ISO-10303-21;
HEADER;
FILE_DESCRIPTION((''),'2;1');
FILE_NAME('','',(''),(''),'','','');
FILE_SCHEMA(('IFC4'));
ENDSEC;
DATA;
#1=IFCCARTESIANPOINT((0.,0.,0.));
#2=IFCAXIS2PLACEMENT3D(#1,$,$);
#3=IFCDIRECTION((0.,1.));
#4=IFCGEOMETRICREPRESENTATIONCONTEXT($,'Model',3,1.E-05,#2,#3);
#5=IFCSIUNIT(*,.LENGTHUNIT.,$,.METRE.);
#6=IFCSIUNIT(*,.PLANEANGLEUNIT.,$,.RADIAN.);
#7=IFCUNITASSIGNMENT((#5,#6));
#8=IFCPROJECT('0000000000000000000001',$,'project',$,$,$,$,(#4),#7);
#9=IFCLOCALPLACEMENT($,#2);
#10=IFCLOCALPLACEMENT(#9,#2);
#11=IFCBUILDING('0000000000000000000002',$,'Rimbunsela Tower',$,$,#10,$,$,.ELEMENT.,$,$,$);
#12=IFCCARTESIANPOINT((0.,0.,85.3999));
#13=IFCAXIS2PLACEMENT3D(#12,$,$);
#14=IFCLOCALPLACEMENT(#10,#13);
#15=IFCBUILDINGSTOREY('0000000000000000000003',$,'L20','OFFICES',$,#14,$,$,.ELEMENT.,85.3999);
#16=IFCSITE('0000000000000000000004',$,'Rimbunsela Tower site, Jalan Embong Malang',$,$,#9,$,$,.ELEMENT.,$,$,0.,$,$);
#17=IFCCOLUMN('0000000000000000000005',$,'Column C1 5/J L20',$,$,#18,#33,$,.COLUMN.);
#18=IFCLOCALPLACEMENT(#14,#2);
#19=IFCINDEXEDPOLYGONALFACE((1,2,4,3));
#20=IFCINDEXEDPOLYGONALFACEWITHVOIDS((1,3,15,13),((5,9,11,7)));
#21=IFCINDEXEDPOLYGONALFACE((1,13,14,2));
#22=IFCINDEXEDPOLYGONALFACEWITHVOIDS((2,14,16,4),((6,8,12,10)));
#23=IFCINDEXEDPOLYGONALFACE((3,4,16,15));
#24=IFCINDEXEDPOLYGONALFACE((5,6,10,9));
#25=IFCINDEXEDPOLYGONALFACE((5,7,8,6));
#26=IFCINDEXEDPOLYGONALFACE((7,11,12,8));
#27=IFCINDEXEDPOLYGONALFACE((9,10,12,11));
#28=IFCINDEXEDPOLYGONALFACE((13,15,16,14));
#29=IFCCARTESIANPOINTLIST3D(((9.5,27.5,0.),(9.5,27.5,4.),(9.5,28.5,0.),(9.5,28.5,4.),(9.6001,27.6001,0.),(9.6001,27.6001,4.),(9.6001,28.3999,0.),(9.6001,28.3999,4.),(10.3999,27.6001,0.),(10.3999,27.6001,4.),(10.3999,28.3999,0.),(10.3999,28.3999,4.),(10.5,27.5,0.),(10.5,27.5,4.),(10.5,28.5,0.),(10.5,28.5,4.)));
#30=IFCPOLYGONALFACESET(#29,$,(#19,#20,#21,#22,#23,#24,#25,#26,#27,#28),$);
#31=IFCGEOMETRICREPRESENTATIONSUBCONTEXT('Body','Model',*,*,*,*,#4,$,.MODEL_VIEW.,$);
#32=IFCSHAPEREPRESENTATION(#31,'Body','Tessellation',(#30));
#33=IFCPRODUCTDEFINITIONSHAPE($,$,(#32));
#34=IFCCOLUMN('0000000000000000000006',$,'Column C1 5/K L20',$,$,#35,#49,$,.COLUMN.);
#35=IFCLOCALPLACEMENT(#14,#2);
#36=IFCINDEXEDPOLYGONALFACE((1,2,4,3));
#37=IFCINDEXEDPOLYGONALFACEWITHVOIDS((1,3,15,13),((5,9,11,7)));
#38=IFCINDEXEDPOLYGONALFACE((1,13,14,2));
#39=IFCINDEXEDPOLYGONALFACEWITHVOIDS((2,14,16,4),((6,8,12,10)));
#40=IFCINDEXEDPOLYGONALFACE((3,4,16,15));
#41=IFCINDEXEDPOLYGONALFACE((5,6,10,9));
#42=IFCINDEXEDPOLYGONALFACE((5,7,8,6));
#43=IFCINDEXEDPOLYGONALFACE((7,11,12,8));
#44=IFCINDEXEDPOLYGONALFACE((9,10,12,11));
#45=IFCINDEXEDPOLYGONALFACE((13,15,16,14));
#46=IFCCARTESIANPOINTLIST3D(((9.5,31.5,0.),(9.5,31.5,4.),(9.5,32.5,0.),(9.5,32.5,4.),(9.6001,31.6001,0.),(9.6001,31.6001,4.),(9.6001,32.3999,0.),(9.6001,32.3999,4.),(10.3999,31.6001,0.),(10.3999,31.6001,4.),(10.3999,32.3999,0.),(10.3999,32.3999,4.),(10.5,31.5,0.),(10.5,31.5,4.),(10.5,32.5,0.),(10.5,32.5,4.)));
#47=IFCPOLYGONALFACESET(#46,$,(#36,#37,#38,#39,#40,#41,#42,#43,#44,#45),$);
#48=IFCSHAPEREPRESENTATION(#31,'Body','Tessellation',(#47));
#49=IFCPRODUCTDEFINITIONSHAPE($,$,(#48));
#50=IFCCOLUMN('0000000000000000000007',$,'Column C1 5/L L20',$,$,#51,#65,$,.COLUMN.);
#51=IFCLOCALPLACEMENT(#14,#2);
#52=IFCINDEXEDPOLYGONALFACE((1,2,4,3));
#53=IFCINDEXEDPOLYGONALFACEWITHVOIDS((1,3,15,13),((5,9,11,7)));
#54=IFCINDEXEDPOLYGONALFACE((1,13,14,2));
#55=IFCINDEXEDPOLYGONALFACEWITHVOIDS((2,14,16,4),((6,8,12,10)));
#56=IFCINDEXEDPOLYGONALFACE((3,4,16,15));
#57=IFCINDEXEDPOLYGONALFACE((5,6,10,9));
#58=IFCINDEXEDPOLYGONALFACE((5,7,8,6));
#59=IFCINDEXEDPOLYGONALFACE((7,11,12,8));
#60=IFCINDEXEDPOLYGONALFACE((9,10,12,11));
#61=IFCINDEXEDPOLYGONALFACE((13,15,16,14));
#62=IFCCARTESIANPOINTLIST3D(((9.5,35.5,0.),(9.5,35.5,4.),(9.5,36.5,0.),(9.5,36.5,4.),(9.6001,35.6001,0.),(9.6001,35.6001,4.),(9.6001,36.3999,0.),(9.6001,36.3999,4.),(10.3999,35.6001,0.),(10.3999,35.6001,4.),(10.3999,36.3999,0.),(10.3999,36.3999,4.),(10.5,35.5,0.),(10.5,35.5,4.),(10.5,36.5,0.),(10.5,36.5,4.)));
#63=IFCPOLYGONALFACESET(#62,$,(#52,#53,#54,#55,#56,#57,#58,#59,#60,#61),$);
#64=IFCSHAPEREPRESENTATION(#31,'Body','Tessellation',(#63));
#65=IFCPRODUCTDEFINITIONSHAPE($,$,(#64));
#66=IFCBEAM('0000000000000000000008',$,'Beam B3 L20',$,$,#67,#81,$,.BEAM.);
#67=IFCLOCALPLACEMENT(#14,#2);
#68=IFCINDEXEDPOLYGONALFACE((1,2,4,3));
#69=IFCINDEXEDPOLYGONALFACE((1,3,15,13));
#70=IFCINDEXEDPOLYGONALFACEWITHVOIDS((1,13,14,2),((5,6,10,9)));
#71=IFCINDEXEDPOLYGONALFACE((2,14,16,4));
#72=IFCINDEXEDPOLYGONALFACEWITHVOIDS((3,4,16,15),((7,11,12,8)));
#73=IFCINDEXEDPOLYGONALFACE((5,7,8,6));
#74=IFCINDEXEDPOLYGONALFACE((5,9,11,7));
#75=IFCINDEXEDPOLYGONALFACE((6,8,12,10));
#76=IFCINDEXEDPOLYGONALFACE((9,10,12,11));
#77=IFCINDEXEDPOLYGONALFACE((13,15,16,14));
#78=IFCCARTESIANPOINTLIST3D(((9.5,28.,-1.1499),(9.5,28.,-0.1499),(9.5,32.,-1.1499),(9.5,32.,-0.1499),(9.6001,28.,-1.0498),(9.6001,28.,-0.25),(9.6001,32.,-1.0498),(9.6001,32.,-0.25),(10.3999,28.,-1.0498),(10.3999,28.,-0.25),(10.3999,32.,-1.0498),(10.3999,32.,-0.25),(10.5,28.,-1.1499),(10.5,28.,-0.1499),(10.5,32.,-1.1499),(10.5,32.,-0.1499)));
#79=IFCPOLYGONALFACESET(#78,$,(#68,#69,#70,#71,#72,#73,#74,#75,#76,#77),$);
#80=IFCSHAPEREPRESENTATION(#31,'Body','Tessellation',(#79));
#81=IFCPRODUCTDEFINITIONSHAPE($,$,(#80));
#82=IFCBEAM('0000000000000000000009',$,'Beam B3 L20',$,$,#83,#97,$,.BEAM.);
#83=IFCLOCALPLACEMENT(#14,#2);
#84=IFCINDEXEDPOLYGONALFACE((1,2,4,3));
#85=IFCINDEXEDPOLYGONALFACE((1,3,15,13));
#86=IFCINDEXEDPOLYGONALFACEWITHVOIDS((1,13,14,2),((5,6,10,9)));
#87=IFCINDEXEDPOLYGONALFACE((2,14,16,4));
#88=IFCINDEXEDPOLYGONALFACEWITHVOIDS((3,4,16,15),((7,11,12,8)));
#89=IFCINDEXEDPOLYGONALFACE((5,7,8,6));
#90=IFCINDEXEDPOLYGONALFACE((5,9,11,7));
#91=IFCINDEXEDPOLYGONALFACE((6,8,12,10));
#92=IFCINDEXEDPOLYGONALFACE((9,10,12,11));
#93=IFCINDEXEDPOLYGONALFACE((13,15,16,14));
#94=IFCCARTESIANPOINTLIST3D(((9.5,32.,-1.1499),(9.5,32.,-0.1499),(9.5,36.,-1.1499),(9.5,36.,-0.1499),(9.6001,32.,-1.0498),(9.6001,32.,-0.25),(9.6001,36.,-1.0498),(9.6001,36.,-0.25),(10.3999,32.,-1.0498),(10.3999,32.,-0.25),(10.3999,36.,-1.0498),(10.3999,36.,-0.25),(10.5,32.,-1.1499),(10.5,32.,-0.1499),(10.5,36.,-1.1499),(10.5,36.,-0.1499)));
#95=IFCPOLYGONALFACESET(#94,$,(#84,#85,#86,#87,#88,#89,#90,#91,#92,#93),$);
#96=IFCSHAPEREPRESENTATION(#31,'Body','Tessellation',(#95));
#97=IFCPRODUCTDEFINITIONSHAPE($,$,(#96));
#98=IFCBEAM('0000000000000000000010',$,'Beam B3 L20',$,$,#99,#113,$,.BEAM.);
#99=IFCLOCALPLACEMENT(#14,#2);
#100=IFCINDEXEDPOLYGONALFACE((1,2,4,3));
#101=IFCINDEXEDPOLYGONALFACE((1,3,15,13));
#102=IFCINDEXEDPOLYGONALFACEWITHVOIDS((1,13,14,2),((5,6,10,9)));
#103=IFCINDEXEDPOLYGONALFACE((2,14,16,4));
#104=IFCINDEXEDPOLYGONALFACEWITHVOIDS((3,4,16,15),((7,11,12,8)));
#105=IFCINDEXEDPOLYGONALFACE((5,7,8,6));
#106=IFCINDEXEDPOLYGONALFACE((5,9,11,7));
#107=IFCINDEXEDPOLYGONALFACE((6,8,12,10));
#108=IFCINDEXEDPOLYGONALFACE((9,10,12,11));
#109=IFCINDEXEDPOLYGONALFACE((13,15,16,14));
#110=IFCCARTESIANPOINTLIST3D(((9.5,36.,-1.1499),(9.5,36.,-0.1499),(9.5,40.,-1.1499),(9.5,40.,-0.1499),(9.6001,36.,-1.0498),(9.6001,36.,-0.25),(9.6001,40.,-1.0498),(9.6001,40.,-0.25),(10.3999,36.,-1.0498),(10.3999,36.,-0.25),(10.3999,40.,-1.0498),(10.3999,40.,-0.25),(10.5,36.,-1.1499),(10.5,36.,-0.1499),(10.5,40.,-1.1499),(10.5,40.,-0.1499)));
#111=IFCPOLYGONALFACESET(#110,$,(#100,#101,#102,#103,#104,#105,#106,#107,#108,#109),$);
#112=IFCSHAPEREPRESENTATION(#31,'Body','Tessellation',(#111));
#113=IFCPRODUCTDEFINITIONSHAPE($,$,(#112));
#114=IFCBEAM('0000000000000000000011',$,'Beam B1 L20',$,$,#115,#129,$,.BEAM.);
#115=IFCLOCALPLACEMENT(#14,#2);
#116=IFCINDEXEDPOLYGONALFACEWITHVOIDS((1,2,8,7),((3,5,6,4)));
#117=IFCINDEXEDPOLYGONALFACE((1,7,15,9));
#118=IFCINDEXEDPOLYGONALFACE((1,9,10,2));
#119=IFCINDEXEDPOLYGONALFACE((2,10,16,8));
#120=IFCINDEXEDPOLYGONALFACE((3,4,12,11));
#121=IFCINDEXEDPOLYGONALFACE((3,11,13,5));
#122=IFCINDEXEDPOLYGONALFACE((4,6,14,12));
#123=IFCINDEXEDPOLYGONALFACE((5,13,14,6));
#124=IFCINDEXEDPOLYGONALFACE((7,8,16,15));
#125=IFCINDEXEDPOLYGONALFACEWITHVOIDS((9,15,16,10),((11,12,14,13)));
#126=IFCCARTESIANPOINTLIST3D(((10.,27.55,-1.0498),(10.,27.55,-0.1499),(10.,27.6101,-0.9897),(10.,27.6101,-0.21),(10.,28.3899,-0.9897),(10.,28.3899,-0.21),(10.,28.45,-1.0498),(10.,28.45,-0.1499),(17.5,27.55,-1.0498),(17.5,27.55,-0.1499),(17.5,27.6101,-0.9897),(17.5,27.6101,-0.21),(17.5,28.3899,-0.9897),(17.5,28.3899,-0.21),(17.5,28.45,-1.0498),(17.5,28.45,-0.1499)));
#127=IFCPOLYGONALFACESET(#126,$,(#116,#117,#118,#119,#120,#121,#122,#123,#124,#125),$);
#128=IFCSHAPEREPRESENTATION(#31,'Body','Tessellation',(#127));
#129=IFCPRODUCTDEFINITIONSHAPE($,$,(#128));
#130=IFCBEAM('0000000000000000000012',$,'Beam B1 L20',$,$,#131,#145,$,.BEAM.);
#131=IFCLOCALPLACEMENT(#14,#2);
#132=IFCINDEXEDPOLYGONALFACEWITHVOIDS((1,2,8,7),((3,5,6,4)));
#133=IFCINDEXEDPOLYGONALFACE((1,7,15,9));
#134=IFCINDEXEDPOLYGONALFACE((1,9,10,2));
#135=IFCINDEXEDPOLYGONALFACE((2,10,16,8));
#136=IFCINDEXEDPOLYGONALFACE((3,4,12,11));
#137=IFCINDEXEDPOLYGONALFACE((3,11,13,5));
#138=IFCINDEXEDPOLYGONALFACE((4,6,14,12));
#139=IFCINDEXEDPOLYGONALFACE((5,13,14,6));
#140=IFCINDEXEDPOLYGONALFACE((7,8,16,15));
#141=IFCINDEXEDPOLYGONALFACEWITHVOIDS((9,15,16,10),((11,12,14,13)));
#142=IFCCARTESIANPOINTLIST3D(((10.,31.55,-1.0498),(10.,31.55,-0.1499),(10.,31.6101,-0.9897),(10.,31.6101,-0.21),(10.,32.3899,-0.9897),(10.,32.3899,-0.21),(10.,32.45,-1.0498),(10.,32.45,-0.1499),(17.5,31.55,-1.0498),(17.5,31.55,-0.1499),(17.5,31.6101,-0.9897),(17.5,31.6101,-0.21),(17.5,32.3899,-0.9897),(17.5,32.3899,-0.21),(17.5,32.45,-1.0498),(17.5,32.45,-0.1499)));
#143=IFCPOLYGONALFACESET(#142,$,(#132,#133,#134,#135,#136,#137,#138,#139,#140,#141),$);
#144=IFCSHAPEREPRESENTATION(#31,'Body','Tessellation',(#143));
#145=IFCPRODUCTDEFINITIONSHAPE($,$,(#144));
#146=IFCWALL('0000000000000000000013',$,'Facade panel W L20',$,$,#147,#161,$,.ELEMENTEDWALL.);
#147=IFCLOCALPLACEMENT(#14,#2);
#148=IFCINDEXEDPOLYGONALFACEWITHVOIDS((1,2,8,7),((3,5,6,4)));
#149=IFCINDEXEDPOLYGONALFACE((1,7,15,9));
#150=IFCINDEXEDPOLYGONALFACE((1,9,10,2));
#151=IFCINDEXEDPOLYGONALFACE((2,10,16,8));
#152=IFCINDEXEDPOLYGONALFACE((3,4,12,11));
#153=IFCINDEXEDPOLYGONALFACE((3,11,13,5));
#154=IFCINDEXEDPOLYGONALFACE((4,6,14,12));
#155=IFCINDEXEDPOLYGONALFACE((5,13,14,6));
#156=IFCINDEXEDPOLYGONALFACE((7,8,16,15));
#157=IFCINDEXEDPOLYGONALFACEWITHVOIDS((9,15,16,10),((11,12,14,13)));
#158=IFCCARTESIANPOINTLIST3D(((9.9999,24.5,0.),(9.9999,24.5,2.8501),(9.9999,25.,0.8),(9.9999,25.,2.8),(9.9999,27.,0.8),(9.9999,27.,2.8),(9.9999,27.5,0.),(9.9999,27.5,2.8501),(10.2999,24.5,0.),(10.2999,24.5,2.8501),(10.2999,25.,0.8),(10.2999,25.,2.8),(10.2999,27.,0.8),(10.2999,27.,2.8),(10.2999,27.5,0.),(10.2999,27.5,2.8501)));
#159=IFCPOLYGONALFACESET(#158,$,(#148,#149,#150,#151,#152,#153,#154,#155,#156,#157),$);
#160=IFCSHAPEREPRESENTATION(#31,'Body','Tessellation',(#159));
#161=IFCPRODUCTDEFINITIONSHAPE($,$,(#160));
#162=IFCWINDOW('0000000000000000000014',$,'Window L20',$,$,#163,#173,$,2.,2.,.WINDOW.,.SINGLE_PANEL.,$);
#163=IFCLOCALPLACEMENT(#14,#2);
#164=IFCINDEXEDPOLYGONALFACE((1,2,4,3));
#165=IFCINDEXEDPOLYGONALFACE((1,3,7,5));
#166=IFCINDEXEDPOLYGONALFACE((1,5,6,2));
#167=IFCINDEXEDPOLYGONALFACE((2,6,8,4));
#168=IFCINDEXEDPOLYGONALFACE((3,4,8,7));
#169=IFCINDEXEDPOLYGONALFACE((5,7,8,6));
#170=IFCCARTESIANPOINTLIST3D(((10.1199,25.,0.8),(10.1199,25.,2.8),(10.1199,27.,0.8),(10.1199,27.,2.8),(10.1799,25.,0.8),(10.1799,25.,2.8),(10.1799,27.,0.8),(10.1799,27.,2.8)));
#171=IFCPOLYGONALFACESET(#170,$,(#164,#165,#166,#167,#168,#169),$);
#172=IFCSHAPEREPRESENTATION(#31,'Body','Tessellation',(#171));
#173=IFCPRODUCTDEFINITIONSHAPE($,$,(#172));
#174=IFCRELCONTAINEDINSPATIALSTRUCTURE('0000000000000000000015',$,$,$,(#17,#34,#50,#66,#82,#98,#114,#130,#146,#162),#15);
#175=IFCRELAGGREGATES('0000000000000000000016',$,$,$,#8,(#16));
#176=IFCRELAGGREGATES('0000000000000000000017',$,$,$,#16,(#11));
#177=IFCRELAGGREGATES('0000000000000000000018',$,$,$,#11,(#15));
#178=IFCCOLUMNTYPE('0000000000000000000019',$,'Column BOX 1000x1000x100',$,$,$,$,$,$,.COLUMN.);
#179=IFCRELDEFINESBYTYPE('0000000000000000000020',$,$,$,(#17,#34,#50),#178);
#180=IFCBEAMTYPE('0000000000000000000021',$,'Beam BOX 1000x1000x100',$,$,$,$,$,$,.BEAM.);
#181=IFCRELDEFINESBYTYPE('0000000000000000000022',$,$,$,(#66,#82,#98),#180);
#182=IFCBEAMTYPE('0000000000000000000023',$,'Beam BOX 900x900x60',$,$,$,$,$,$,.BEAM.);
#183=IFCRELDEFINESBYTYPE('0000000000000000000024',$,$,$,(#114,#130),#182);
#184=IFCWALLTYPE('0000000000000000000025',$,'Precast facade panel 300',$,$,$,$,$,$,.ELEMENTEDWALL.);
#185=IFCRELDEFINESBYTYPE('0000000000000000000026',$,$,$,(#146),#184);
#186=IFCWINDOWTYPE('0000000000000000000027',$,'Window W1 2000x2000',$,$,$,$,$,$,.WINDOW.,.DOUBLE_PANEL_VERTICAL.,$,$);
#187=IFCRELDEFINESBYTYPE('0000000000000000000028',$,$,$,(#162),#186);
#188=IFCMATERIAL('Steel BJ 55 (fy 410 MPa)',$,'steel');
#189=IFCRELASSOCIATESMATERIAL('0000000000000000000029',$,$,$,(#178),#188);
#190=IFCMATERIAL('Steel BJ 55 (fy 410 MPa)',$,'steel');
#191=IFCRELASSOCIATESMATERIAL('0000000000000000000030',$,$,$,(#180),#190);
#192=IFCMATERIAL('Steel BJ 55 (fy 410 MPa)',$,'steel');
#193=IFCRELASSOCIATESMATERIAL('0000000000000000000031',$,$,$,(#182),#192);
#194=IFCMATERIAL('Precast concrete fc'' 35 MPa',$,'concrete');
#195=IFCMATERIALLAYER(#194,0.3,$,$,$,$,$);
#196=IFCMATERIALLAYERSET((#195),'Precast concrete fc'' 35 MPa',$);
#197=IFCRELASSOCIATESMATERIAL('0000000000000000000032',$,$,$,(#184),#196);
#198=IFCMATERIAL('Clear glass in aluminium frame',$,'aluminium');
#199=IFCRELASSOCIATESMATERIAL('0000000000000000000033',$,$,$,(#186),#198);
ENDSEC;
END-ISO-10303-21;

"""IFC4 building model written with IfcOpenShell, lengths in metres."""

from ifc_helpers import new_model, si_unit, direction, frame, frame_2d, origin, origin_2d, place, context, subcontext, project, spatial, rectangle, hollow_rectangle, extrude, material, layer, layer_set, material_profile, profile_set, type_object, element, fill, save


model = new_model("IFC4")

# Units and contexts
model_context = context("Model", 3, precision=1e-05, world=origin(), true_north=direction((0.0, 1.0)))
body_context = subcontext(model_context, "Body", "Model", "MODEL_VIEW")
ifc_project = project(units=[si_unit("LENGTHUNIT", "METRE"), si_unit("PLANEANGLEUNIT", "RADIAN")], contexts=[model_context])

# Site, building, storey
site_placement = place(None, origin())
site = spatial("IfcSite", under=ifc_project, at=site_placement, Name="Rimbunsela Tower site, Jalan Embong Malang", CompositionType="ELEMENT", RefElevation=0.0)
building_placement = place(site_placement, origin())
building = spatial("IfcBuilding", under=site, at=building_placement, Name="Rimbunsela Tower", CompositionType="ELEMENT")
storey_placement = place(building_placement, frame((0.0, 0.0, 85.3999)))
storey = spatial("IfcBuildingStorey", under=building, at=storey_placement, Name="L20", Description="OFFICES", CompositionType="ELEMENT", Elevation=85.3999)

# Columns
ifc_material_1 = material(Name="Steel BJ 55 (fy 410 MPa)", Category="steel")
ifc_material_profile_1 = material_profile(ifc_material_1, hollow_rectangle(XDim=1.0, YDim=1.0, WallThickness=0.1001, at=origin_2d()), Name="BOX 1000x1000x100")
ifc_profile_set_1 = profile_set([ifc_material_profile_1], Name="Steel BJ 55 (fy 410 MPa)")
column_type = type_object("IfcColumnType", Name="Column BOX 1000x1000x100", PredefinedType="COLUMN", material=ifc_profile_set_1)
for number, where, z_axis, x_axis, name in (
    (1, (10.0, 28.0, 0.0), (0.0, 0.0, 1.0), (1.0, 0.0, 0.0), "Column C1 5/J L20"),
    (2, (10.0, 32.0, 0.0), (0.0, 0.0, 1.0), (1.0, 0.0, 0.0), "Column C1 5/K L20"),
    (3, (10.0, 36.0, 0.0), (0.0, 0.0, 1.0), (1.0, 0.0, 0.0), "Column C1 5/L L20"),
):
    element("IfcColumn", number, at=place(storey_placement, frame(where, z_axis=z_axis, x_axis=x_axis)), inside=storey, type_object=column_type, Name=name, PredefinedType="COLUMN", context=body_context, shape_type="SweptSolid", body=[
        extrude(hollow_rectangle(XDim=1.0, YDim=1.0, WallThickness=0.1001, at=origin_2d()), origin(), (0.0, 0.0, 1.0), 4.0),
    ])

# Beams
ifc_material_2 = material(Name="Steel BJ 55 (fy 410 MPa)", Category="steel")
ifc_material_profile_2 = material_profile(ifc_material_2, hollow_rectangle(XDim=1.0, YDim=1.0, WallThickness=0.1001, at=origin_2d()), Name="BOX 1000x1000x100")
ifc_profile_set_2 = profile_set([ifc_material_profile_2], Name="Steel BJ 55 (fy 410 MPa)")
beam_type_1 = type_object("IfcBeamType", Name="Beam BOX 1000x1000x100", PredefinedType="BEAM", material=ifc_profile_set_2)
for number, where, z_axis, x_axis, name in (
    (4, (10.0, 28.0, -0.6499), (0.0, 1.0, 0.0), (-1.0, 0.0, 0.0), "Beam B3 L20"),
    (5, (10.0, 32.0, -0.6499), (0.0, 1.0, 0.0), (-1.0, 0.0, 0.0), "Beam B3 L20"),
    (6, (10.0, 36.0, -0.6499), (0.0, 1.0, 0.0), (-1.0, 0.0, 0.0), "Beam B3 L20"),
):
    element("IfcBeam", number, at=place(storey_placement, frame(where, z_axis=z_axis, x_axis=x_axis)), inside=storey, type_object=beam_type_1, Name=name, PredefinedType="BEAM", context=body_context, shape_type="SweptSolid", body=[
        extrude(hollow_rectangle(XDim=1.0, YDim=1.0, WallThickness=0.1001, at=origin_2d()), origin(), (0.0, 0.0, 1.0), 4.0),
    ])
ifc_material_3 = material(Name="Steel BJ 55 (fy 410 MPa)", Category="steel")
ifc_material_profile_3 = material_profile(ifc_material_3, hollow_rectangle(XDim=0.8999, YDim=0.8999, WallThickness=0.0601, at=origin_2d()), Name="BOX 900x900x60")
ifc_profile_set_3 = profile_set([ifc_material_profile_3], Name="Steel BJ 55 (fy 410 MPa)")
beam_type_2 = type_object("IfcBeamType", Name="Beam BOX 900x900x60", PredefinedType="BEAM", material=ifc_profile_set_3)
for number, where, z_axis, x_axis, name in (
    (7, (10.0, 28.0, -0.5999), (1.0, 0.0, 0.0), (0.0, 1.0, 0.0), "Beam B1 L20"),
    (8, (10.0, 32.0, -0.5999), (1.0, 0.0, 0.0), (0.0, 1.0, 0.0), "Beam B1 L20"),
):
    element("IfcBeam", number, at=place(storey_placement, frame(where, z_axis=z_axis, x_axis=x_axis)), inside=storey, type_object=beam_type_2, Name=name, PredefinedType="BEAM", context=body_context, shape_type="SweptSolid", body=[
        extrude(hollow_rectangle(XDim=0.8999, YDim=0.8999, WallThickness=0.0601, at=origin_2d()), origin(), (0.0, 0.0, 1.0), 7.5),
    ])

# Wall, opening, window
ifc_material_4 = material(Name="Precast concrete fc' 35 MPa", Category="concrete")
ifc_layer_1 = layer(ifc_material_4, 0.3)
ifc_layer_set_1 = layer_set([ifc_layer_1], Name="Precast concrete fc' 35 MPa")
wall_type = type_object("IfcWallType", Name="Precast facade panel 300", PredefinedType="ELEMENTEDWALL", material=ifc_layer_set_1)
wall_1_placement = place(storey_placement, frame((10.1499, 27.5, 0.0), z_axis=(0.0, 0.0, 1.0), x_axis=(0.0, -1.0, 0.0)))
wall_1 = element("IfcWall", 9, at=wall_1_placement, inside=storey, type_object=wall_type, Name="Facade panel W L20", PredefinedType="ELEMENTEDWALL", context=body_context, shape_type="SweptSolid", body=[
    extrude(rectangle(XDim=3.0, YDim=0.3, at=frame_2d((1.5, 0.0))), origin(), (0.0, 0.0, 1.0), 2.8501),
])
opening_1_placement = place(wall_1_placement, frame((0.5, 0.0, 0.8)))
opening_1 = element("IfcOpeningElement", 10, at=opening_1_placement, cuts=wall_1, PredefinedType="OPENING", context=body_context, shape_type="SweptSolid", body=[
    extrude(rectangle(XDim=2.0, YDim=2.0, at=frame_2d((1.0, 1.0))), frame((0.0, 0.1599, 0.0), z_axis=(0.0, -1.0, 0.0), x_axis=(1.0, 0.0, 0.0)), (0.0, 0.0, 1.0), 0.3201),
])
ifc_material_5 = material(Name="Clear glass in aluminium frame", Category="aluminium")
window_type = type_object("IfcWindowType", Name="Window W1 2000x2000", PartitioningType="DOUBLE_PANEL_VERTICAL", PredefinedType="WINDOW", material=ifc_material_5)
window_1_placement = place(opening_1_placement, origin())
window_1 = element("IfcWindow", 11, at=window_1_placement, inside=storey, type_object=window_type, Name="Window L20", OverallHeight=2.0, OverallWidth=2.0, PartitioningType="SINGLE_PANEL", PredefinedType="WINDOW", context=body_context, shape_type="SweptSolid", body=[
    extrude(rectangle(XDim=2.0, YDim=2.0, at=frame_2d((1.0, 1.0))), frame((0.0, 0.03, 0.0), z_axis=(0.0, -1.0, 0.0), x_axis=(1.0, 0.0, 0.0)), (0.0, 0.0, 1.0), 0.0601),
])
fill(opening_1, window_1)

save(model, "model.ifc")
